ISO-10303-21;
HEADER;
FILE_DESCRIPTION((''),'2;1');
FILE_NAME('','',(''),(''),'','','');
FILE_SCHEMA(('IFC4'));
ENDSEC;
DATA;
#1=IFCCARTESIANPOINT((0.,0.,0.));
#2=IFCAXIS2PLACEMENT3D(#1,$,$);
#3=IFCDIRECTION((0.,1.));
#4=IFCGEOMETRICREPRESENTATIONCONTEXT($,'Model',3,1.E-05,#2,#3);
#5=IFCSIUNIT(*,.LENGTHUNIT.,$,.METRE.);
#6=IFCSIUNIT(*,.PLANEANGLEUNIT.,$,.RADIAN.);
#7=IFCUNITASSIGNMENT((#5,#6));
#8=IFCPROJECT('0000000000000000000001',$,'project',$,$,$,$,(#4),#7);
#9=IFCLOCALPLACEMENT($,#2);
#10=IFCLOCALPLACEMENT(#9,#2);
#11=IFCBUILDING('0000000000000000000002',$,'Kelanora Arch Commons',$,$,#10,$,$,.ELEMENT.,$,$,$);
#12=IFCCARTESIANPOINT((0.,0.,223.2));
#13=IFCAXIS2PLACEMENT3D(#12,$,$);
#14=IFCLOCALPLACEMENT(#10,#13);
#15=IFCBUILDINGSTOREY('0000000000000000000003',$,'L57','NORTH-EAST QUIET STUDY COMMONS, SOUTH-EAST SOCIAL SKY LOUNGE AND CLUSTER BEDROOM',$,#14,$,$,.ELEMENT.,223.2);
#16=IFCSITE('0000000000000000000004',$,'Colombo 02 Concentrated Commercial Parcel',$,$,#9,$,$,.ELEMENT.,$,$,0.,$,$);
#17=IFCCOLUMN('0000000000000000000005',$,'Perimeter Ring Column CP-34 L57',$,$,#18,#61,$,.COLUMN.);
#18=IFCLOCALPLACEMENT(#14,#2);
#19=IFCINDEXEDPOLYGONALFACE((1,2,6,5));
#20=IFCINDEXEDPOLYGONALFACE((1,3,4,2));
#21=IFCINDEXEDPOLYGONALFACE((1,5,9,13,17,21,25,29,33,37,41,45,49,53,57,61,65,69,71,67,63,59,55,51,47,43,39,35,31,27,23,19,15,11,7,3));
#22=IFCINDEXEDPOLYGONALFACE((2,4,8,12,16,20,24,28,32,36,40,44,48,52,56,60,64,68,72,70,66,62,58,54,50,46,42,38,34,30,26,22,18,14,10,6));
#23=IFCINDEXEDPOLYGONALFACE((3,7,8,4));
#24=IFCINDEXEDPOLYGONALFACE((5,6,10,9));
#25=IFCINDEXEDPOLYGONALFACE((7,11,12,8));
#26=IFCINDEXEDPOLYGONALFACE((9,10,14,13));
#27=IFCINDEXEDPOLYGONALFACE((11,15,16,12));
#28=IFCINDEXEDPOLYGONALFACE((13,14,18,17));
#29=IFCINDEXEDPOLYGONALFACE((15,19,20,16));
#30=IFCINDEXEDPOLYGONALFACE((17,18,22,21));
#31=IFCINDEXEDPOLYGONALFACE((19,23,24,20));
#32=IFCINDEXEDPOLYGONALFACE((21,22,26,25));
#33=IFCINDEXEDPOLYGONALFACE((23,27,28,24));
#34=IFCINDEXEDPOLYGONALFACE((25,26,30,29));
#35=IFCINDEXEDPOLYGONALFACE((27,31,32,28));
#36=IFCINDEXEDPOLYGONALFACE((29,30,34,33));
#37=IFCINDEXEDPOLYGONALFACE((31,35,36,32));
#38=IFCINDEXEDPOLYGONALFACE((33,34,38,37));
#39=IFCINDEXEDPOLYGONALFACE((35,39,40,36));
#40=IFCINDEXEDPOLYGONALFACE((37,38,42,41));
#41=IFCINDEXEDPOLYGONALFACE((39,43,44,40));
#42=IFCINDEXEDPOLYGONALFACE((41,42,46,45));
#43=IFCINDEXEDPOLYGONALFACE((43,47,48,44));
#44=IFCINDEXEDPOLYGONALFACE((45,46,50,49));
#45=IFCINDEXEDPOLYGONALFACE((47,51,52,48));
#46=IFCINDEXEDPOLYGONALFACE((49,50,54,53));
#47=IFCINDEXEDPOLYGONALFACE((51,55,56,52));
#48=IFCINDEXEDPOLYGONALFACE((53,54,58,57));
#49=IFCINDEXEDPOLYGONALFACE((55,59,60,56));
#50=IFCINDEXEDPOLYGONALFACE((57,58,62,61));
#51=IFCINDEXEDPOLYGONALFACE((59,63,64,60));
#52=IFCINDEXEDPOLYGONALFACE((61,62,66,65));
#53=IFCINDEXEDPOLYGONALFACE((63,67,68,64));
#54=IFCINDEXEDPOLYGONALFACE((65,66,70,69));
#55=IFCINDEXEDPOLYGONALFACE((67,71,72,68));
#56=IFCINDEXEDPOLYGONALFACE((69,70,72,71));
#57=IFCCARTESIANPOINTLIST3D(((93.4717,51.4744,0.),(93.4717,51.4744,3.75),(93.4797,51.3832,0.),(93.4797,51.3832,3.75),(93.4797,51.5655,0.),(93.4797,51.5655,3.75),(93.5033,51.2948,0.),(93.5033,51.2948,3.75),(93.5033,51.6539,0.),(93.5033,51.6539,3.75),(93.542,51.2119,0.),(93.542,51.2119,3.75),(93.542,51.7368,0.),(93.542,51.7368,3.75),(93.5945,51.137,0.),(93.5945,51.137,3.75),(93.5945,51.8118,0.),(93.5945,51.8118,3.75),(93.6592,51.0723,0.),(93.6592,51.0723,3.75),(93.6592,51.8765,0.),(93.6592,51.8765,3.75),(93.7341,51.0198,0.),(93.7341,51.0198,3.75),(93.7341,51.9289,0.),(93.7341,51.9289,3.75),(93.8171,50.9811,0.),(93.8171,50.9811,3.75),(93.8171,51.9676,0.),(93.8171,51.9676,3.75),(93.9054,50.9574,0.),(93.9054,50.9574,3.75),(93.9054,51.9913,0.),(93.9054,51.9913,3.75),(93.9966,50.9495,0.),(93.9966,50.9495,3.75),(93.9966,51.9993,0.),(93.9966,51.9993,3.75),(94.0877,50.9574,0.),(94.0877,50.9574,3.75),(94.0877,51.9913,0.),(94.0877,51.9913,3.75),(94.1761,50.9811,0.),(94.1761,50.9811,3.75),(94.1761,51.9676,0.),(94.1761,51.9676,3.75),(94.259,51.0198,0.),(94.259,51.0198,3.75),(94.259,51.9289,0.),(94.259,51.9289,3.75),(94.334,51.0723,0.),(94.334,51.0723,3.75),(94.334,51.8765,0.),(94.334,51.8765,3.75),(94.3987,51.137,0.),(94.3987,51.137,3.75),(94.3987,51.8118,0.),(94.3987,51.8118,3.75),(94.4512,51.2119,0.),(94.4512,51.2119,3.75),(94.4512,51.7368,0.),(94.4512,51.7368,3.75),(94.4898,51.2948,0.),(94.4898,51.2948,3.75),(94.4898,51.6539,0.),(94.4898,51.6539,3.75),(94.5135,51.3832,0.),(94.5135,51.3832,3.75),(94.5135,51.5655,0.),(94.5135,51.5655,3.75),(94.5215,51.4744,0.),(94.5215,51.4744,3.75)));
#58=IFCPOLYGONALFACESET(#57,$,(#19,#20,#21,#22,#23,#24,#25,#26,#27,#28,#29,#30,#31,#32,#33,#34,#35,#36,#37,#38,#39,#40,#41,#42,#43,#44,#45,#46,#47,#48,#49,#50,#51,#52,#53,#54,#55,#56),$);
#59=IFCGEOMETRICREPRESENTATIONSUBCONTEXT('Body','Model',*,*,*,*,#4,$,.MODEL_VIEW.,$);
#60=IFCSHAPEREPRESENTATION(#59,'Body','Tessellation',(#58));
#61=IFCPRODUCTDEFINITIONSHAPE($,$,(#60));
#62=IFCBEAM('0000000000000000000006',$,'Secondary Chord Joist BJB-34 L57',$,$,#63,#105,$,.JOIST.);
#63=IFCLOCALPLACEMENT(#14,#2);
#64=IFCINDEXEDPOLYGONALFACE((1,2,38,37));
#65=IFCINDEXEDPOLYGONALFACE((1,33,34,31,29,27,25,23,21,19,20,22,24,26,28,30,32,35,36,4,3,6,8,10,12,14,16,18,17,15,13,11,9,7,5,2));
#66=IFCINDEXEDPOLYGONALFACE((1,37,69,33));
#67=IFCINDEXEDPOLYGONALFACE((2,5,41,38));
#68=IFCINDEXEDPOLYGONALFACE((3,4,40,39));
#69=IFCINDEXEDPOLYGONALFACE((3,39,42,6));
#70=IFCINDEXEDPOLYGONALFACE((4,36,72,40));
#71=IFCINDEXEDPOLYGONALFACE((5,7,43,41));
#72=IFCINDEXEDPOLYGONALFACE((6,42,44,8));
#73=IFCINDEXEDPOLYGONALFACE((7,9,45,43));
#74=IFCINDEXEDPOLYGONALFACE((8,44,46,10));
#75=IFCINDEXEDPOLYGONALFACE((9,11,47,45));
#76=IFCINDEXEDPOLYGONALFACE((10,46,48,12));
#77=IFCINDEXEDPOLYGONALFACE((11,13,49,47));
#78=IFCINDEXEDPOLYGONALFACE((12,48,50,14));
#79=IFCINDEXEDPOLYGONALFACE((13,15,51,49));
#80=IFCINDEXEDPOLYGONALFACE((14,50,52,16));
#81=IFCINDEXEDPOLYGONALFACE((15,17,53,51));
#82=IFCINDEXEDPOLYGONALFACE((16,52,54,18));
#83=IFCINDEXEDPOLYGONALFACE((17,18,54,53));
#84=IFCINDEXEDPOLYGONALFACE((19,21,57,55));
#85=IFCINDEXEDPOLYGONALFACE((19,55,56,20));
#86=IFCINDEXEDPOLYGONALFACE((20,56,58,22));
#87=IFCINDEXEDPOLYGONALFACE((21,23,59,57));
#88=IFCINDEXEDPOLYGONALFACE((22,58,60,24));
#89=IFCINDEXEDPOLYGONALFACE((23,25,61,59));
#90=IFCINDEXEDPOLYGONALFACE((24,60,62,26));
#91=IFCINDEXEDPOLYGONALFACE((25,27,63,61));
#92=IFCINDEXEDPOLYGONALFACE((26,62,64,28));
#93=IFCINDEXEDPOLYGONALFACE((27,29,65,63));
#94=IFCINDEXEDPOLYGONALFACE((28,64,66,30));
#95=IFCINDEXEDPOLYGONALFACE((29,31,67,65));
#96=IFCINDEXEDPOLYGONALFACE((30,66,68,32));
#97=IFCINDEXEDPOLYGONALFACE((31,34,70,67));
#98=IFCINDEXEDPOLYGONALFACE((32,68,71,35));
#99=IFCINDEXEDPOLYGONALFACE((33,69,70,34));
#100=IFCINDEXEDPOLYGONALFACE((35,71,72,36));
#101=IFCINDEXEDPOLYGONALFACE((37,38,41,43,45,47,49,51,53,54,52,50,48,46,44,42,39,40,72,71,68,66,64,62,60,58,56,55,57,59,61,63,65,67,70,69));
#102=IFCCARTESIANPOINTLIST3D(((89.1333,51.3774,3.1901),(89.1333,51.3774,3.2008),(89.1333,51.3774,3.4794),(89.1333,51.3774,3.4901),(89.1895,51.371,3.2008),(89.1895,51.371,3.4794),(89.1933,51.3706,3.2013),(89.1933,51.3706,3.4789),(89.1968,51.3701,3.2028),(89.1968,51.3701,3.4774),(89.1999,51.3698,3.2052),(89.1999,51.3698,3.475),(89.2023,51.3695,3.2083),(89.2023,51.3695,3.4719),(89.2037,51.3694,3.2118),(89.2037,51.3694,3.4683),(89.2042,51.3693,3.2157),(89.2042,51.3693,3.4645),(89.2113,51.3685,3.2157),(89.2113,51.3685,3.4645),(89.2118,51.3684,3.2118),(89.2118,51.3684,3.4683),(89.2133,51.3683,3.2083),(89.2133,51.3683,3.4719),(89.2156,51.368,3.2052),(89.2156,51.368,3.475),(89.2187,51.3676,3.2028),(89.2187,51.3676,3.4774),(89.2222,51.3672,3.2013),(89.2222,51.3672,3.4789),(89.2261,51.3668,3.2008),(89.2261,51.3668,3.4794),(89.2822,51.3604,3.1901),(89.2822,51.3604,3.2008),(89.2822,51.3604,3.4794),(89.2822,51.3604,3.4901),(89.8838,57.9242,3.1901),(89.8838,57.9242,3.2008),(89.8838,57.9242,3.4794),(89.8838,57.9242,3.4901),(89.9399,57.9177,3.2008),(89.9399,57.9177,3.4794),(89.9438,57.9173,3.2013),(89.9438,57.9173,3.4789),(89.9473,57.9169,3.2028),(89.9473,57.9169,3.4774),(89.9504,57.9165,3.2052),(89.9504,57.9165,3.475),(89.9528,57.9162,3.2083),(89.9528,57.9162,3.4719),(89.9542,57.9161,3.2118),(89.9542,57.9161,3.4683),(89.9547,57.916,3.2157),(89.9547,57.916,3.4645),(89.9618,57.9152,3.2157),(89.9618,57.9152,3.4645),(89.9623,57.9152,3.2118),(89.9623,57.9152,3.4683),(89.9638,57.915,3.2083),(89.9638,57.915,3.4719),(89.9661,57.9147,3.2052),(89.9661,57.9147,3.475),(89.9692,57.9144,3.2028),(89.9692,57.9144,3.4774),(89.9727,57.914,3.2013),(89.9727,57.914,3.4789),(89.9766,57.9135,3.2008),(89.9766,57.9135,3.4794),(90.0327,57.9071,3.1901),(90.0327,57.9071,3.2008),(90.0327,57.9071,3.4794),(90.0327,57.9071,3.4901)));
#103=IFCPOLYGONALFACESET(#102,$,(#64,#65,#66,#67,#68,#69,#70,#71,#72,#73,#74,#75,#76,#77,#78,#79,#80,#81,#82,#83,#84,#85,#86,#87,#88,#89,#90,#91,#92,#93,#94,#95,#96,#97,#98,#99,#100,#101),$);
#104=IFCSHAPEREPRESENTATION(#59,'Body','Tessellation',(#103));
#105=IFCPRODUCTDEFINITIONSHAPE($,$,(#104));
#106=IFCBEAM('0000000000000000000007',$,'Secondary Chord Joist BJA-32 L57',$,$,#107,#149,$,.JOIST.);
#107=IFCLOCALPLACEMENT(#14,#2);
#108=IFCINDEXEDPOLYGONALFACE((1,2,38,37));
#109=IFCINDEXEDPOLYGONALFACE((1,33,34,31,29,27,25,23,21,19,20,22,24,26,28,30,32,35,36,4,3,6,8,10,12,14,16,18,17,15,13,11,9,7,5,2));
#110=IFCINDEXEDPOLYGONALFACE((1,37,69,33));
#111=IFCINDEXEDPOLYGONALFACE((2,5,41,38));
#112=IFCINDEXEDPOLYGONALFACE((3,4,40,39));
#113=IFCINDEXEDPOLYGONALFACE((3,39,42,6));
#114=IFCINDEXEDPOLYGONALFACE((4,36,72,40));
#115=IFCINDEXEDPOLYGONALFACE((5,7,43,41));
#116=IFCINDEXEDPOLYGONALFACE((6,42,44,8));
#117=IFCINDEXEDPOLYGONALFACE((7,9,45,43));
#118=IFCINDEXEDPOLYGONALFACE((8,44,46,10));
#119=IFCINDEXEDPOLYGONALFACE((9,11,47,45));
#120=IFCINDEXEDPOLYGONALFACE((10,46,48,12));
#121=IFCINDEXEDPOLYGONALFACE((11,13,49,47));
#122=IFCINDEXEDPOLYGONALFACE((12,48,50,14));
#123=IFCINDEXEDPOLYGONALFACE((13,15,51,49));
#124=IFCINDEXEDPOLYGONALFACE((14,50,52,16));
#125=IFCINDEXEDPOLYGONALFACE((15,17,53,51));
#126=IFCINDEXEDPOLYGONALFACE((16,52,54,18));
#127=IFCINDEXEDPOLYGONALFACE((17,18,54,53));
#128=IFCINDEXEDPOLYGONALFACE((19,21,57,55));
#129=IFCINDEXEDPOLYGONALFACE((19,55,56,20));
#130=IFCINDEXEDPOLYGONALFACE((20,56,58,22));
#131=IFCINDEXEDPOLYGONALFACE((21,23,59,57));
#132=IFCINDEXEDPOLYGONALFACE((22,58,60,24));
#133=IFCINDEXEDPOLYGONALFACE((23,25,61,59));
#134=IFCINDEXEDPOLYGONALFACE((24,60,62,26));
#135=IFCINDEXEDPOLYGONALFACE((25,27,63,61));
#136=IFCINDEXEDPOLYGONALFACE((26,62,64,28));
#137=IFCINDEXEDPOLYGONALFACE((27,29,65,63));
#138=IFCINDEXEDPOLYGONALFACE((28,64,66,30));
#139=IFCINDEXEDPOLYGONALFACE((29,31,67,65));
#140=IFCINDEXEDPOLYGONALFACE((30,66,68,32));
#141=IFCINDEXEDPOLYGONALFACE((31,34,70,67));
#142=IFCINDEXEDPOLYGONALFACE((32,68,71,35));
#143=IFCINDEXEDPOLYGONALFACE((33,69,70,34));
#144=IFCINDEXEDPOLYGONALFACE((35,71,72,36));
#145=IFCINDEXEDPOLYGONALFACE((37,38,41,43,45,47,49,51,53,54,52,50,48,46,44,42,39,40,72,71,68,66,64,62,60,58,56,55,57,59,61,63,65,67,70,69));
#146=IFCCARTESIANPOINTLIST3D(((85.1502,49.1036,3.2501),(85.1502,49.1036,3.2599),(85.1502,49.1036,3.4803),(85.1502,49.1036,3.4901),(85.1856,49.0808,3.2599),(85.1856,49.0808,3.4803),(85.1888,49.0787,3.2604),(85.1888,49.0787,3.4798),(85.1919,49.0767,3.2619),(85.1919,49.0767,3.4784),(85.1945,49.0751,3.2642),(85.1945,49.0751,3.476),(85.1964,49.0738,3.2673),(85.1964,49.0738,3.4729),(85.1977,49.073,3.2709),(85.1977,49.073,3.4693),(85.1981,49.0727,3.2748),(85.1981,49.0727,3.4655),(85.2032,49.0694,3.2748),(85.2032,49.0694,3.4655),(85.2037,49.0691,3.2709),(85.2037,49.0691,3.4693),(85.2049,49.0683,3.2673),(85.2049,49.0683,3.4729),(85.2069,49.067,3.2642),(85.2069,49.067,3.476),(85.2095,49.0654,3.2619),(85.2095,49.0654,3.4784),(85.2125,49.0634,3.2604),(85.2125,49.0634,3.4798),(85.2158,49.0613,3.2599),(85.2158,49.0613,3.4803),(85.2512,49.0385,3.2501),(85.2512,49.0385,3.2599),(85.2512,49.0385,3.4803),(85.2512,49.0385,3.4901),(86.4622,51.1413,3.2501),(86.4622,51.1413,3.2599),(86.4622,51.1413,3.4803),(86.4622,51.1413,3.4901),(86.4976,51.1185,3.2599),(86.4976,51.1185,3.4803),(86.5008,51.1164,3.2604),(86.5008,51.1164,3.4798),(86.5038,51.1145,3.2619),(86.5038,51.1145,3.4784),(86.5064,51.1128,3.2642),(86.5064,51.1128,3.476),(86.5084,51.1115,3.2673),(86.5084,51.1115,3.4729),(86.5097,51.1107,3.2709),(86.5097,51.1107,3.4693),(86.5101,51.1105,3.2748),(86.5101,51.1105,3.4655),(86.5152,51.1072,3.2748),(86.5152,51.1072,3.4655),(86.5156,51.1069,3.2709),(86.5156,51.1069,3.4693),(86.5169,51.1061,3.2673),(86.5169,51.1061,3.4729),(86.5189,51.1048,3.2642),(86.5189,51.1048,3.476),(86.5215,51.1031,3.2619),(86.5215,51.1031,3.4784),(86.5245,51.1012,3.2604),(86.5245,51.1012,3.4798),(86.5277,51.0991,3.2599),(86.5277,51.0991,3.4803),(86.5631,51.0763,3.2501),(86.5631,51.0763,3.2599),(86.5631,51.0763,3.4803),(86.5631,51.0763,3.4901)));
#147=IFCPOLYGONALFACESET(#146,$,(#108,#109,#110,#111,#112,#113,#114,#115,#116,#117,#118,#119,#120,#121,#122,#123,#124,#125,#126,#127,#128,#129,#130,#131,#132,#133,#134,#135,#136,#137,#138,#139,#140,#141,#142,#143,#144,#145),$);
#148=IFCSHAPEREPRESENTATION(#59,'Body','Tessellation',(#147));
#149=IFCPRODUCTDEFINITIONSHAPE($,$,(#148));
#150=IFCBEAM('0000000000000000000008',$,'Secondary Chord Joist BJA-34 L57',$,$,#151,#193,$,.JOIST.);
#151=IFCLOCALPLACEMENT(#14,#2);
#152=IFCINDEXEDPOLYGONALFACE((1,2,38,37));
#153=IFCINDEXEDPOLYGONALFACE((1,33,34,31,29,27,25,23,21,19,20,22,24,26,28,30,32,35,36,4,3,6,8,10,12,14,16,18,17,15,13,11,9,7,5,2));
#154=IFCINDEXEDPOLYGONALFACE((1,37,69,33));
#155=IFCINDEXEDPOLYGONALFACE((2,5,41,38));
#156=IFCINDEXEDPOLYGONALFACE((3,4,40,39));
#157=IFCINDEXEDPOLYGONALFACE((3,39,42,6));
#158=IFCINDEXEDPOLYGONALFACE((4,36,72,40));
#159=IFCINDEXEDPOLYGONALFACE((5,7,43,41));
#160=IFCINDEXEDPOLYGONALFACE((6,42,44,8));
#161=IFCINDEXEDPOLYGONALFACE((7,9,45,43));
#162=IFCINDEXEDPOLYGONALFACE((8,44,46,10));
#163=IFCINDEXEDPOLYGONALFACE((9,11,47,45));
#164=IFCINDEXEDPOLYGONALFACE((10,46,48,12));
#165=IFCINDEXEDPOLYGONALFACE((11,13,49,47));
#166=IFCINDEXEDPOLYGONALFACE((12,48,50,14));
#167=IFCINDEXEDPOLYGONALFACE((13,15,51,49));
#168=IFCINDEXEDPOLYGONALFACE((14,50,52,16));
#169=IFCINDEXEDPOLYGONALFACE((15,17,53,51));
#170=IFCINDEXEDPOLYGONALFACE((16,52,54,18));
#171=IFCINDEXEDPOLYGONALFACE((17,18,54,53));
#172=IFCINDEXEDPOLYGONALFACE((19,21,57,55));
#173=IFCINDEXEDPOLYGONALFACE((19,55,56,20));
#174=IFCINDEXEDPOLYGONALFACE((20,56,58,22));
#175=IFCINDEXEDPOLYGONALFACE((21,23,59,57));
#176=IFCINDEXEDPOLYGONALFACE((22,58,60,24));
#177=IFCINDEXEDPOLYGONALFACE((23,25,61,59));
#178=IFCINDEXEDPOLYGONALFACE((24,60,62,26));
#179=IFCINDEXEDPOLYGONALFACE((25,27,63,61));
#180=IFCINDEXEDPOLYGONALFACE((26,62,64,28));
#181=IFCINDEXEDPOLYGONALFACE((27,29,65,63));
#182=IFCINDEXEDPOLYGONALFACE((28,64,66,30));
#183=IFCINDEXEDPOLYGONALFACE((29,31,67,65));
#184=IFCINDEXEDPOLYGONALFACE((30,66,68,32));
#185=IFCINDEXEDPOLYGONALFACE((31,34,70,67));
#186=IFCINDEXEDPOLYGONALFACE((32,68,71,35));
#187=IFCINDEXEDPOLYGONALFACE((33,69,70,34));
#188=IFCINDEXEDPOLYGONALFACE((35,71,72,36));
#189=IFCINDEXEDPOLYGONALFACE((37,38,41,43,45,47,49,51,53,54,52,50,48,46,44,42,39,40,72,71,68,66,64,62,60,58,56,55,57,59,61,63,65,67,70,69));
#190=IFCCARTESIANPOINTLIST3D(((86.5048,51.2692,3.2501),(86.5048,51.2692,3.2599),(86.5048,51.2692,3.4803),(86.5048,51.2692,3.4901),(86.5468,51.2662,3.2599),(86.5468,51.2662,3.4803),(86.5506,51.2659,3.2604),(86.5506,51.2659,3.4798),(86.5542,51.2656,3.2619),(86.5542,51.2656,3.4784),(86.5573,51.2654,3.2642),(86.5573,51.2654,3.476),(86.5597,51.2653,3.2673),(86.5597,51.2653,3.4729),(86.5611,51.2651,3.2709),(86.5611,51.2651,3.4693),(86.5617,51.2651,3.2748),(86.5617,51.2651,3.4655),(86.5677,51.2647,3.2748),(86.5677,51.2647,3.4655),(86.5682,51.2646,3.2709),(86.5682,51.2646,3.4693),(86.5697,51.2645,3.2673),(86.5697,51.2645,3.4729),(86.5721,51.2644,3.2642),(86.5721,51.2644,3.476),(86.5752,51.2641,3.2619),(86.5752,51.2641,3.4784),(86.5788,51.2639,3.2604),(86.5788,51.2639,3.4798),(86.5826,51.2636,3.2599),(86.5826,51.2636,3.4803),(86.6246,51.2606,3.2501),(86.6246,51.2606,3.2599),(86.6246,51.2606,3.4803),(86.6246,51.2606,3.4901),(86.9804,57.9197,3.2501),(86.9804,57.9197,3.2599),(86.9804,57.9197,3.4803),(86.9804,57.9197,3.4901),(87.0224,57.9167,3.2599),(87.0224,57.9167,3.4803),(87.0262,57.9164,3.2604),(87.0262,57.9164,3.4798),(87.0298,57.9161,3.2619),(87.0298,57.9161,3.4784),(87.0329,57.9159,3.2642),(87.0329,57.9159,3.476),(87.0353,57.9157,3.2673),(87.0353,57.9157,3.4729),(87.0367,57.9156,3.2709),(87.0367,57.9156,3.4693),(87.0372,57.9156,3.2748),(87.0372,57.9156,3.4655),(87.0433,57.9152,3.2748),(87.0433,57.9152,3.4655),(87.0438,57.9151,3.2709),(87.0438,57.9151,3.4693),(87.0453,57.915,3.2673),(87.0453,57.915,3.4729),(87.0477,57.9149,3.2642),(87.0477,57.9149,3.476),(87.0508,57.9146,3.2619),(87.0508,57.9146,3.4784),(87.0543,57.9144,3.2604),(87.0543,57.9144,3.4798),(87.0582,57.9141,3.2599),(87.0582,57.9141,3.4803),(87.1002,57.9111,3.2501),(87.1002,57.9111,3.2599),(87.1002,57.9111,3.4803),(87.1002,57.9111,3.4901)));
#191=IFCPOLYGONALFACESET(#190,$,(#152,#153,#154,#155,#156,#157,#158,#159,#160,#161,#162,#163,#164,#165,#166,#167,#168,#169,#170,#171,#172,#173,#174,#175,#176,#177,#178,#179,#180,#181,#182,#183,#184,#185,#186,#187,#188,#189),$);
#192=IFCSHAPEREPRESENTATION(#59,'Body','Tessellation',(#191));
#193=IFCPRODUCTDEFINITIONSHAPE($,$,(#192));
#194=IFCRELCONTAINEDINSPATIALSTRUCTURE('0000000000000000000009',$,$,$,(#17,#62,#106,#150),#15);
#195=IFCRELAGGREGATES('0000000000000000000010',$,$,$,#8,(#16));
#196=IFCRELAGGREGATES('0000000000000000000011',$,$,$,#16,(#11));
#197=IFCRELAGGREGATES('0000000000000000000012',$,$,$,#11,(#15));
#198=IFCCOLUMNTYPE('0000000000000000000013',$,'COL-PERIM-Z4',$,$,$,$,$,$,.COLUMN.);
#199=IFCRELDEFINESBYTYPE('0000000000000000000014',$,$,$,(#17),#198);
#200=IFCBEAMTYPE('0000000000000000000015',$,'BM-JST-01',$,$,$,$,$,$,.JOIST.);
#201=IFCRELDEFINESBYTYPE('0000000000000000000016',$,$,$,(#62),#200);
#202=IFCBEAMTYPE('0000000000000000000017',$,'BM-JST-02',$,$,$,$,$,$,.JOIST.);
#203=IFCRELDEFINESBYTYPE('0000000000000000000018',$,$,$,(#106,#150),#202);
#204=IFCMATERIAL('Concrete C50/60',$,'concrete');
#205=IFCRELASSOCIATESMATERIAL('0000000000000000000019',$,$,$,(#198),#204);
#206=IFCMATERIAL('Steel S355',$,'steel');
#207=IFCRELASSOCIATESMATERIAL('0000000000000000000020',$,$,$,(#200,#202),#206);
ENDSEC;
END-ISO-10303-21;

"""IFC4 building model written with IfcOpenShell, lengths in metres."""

from ifc_helpers import new_model, si_unit, direction, frame, origin, origin_2d, place, context, subcontext, project, spatial, circle, i_section, extrude, material, material_profile, profile_set, type_object, element, save


model = new_model("IFC4")

# Units and contexts
model_context = context("Model", 3, precision=1e-05, world=origin(), true_north=direction((0.0, 1.0)))
body_context = subcontext(model_context, "Body", "Model", "MODEL_VIEW")
ifc_project = project(units=[si_unit("LENGTHUNIT", "METRE"), si_unit("PLANEANGLEUNIT", "RADIAN")], contexts=[model_context])

# Site, building, storey
site_placement = place(None, origin())
site = spatial("IfcSite", under=ifc_project, at=site_placement, Name="Colombo 02 Concentrated Commercial Parcel", CompositionType="ELEMENT", RefElevation=0.0)
building_placement = place(site_placement, origin())
building = spatial("IfcBuilding", under=site, at=building_placement, Name="Kelanora Arch Commons", CompositionType="ELEMENT")
storey_placement = place(building_placement, frame((0.0, 0.0, 223.2)))
storey = spatial("IfcBuildingStorey", under=building, at=storey_placement, Name="L57", Description="NORTH-EAST QUIET STUDY COMMONS, SOUTH-EAST SOCIAL SKY LOUNGE AND CLUSTER BEDROOM", CompositionType="ELEMENT", Elevation=223.2)

# Column
ifc_material_1 = material(Name="Concrete C50/60", Category="concrete")
ifc_material_profile_1 = material_profile(ifc_material_1, circle(Radius=0.5249, at=origin_2d()), Name="RCC1050")
ifc_profile_set_1 = profile_set([ifc_material_profile_1], Name="Concrete C50/60")
column_type = type_object("IfcColumnType", Name="COL-PERIM-Z4", PredefinedType="COLUMN", material=ifc_profile_set_1)
column_placement = place(storey_placement, frame((93.9966, 51.4744, 0.0), z_axis=(0.0, 0.0, 1.0), x_axis=(1.0, 0.0, 0.0)))
element("IfcColumn", 1, at=column_placement, inside=storey, type_object=column_type, Name="Perimeter Ring Column CP-34 L57", PredefinedType="COLUMN", context=body_context, shape_type="SweptSolid", body=[
    extrude(circle(Radius=0.5249, at=origin_2d()), origin(), (0.0, 0.0, 1.0), 3.75),
])

# Beams
ifc_material_2 = material(Name="Steel S355", Category="steel")
ifc_material_profile_2 = material_profile(ifc_material_2, i_section(OverallWidth=0.1499, OverallDepth=0.3, WebThickness=0.0071, FlangeThickness=0.0107, FilletRadius=0.0149, at=origin_2d()), Name="IPE300")
ifc_profile_set_2 = profile_set([ifc_material_profile_2], Name="Steel S355")
beam_type_1 = type_object("IfcBeamType", Name="BM-JST-01", PredefinedType="JOIST", material=ifc_profile_set_2)
beam_1_placement = place(storey_placement, frame((89.2078, 51.3689, 3.3401), z_axis=(0.113891, 0.993493, 0.0), x_axis=(-0.993493, 0.113891, 0.0)))
element("IfcBeam", 2, at=beam_1_placement, inside=storey, type_object=beam_type_1, Name="Secondary Chord Joist BJB-34 L57", PredefinedType="JOIST", context=body_context, shape_type="SweptSolid", body=[
    extrude(i_section(OverallWidth=0.1499, OverallDepth=0.3, WebThickness=0.0071, FlangeThickness=0.0107, FilletRadius=0.0149, at=origin_2d()), origin(), (0.0, 0.0, 1.0), 6.5896),
])
ifc_material_profile_3 = material_profile(ifc_material_2, i_section(OverallWidth=0.1201, OverallDepth=0.24, WebThickness=0.0061, FlangeThickness=0.0098, FilletRadius=0.0149, at=origin_2d()), Name="IPE240")
ifc_profile_set_3 = profile_set([ifc_material_profile_3], Name="Steel S355")
beam_type_2 = type_object("IfcBeamType", Name="BM-JST-02", PredefinedType="JOIST", material=ifc_profile_set_3)
beam_2_placement = place(storey_placement, frame((85.2007, 49.071, 3.3701), z_axis=(0.541333, 0.840808, 0.0), x_axis=(-0.840808, 0.541333, 0.0)))
element("IfcBeam", 3, at=beam_2_placement, inside=storey, type_object=beam_type_2, Name="Secondary Chord Joist BJA-32 L57", PredefinedType="JOIST", context=body_context, shape_type="SweptSolid", body=[
    extrude(i_section(OverallWidth=0.1201, OverallDepth=0.24, WebThickness=0.0061, FlangeThickness=0.0098, FilletRadius=0.0149, at=origin_2d()), origin(), (0.0, 0.0, 1.0), 2.4236),
])
beam_3_placement = place(storey_placement, frame((86.5647, 51.2649, 3.3701), z_axis=(0.07133, 0.997453, 0.0), x_axis=(-0.997453, 0.07133, 0.0)))
element("IfcBeam", 4, at=beam_3_placement, inside=storey, type_object=beam_type_2, Name="Secondary Chord Joist BJA-34 L57", PredefinedType="JOIST", context=body_context, shape_type="SweptSolid", body=[
    extrude(i_section(OverallWidth=0.1201, OverallDepth=0.24, WebThickness=0.0061, FlangeThickness=0.0098, FilletRadius=0.0149, at=origin_2d()), origin(), (0.0, 0.0, 1.0), 6.6675),
])

save(model, "model.ifc")
